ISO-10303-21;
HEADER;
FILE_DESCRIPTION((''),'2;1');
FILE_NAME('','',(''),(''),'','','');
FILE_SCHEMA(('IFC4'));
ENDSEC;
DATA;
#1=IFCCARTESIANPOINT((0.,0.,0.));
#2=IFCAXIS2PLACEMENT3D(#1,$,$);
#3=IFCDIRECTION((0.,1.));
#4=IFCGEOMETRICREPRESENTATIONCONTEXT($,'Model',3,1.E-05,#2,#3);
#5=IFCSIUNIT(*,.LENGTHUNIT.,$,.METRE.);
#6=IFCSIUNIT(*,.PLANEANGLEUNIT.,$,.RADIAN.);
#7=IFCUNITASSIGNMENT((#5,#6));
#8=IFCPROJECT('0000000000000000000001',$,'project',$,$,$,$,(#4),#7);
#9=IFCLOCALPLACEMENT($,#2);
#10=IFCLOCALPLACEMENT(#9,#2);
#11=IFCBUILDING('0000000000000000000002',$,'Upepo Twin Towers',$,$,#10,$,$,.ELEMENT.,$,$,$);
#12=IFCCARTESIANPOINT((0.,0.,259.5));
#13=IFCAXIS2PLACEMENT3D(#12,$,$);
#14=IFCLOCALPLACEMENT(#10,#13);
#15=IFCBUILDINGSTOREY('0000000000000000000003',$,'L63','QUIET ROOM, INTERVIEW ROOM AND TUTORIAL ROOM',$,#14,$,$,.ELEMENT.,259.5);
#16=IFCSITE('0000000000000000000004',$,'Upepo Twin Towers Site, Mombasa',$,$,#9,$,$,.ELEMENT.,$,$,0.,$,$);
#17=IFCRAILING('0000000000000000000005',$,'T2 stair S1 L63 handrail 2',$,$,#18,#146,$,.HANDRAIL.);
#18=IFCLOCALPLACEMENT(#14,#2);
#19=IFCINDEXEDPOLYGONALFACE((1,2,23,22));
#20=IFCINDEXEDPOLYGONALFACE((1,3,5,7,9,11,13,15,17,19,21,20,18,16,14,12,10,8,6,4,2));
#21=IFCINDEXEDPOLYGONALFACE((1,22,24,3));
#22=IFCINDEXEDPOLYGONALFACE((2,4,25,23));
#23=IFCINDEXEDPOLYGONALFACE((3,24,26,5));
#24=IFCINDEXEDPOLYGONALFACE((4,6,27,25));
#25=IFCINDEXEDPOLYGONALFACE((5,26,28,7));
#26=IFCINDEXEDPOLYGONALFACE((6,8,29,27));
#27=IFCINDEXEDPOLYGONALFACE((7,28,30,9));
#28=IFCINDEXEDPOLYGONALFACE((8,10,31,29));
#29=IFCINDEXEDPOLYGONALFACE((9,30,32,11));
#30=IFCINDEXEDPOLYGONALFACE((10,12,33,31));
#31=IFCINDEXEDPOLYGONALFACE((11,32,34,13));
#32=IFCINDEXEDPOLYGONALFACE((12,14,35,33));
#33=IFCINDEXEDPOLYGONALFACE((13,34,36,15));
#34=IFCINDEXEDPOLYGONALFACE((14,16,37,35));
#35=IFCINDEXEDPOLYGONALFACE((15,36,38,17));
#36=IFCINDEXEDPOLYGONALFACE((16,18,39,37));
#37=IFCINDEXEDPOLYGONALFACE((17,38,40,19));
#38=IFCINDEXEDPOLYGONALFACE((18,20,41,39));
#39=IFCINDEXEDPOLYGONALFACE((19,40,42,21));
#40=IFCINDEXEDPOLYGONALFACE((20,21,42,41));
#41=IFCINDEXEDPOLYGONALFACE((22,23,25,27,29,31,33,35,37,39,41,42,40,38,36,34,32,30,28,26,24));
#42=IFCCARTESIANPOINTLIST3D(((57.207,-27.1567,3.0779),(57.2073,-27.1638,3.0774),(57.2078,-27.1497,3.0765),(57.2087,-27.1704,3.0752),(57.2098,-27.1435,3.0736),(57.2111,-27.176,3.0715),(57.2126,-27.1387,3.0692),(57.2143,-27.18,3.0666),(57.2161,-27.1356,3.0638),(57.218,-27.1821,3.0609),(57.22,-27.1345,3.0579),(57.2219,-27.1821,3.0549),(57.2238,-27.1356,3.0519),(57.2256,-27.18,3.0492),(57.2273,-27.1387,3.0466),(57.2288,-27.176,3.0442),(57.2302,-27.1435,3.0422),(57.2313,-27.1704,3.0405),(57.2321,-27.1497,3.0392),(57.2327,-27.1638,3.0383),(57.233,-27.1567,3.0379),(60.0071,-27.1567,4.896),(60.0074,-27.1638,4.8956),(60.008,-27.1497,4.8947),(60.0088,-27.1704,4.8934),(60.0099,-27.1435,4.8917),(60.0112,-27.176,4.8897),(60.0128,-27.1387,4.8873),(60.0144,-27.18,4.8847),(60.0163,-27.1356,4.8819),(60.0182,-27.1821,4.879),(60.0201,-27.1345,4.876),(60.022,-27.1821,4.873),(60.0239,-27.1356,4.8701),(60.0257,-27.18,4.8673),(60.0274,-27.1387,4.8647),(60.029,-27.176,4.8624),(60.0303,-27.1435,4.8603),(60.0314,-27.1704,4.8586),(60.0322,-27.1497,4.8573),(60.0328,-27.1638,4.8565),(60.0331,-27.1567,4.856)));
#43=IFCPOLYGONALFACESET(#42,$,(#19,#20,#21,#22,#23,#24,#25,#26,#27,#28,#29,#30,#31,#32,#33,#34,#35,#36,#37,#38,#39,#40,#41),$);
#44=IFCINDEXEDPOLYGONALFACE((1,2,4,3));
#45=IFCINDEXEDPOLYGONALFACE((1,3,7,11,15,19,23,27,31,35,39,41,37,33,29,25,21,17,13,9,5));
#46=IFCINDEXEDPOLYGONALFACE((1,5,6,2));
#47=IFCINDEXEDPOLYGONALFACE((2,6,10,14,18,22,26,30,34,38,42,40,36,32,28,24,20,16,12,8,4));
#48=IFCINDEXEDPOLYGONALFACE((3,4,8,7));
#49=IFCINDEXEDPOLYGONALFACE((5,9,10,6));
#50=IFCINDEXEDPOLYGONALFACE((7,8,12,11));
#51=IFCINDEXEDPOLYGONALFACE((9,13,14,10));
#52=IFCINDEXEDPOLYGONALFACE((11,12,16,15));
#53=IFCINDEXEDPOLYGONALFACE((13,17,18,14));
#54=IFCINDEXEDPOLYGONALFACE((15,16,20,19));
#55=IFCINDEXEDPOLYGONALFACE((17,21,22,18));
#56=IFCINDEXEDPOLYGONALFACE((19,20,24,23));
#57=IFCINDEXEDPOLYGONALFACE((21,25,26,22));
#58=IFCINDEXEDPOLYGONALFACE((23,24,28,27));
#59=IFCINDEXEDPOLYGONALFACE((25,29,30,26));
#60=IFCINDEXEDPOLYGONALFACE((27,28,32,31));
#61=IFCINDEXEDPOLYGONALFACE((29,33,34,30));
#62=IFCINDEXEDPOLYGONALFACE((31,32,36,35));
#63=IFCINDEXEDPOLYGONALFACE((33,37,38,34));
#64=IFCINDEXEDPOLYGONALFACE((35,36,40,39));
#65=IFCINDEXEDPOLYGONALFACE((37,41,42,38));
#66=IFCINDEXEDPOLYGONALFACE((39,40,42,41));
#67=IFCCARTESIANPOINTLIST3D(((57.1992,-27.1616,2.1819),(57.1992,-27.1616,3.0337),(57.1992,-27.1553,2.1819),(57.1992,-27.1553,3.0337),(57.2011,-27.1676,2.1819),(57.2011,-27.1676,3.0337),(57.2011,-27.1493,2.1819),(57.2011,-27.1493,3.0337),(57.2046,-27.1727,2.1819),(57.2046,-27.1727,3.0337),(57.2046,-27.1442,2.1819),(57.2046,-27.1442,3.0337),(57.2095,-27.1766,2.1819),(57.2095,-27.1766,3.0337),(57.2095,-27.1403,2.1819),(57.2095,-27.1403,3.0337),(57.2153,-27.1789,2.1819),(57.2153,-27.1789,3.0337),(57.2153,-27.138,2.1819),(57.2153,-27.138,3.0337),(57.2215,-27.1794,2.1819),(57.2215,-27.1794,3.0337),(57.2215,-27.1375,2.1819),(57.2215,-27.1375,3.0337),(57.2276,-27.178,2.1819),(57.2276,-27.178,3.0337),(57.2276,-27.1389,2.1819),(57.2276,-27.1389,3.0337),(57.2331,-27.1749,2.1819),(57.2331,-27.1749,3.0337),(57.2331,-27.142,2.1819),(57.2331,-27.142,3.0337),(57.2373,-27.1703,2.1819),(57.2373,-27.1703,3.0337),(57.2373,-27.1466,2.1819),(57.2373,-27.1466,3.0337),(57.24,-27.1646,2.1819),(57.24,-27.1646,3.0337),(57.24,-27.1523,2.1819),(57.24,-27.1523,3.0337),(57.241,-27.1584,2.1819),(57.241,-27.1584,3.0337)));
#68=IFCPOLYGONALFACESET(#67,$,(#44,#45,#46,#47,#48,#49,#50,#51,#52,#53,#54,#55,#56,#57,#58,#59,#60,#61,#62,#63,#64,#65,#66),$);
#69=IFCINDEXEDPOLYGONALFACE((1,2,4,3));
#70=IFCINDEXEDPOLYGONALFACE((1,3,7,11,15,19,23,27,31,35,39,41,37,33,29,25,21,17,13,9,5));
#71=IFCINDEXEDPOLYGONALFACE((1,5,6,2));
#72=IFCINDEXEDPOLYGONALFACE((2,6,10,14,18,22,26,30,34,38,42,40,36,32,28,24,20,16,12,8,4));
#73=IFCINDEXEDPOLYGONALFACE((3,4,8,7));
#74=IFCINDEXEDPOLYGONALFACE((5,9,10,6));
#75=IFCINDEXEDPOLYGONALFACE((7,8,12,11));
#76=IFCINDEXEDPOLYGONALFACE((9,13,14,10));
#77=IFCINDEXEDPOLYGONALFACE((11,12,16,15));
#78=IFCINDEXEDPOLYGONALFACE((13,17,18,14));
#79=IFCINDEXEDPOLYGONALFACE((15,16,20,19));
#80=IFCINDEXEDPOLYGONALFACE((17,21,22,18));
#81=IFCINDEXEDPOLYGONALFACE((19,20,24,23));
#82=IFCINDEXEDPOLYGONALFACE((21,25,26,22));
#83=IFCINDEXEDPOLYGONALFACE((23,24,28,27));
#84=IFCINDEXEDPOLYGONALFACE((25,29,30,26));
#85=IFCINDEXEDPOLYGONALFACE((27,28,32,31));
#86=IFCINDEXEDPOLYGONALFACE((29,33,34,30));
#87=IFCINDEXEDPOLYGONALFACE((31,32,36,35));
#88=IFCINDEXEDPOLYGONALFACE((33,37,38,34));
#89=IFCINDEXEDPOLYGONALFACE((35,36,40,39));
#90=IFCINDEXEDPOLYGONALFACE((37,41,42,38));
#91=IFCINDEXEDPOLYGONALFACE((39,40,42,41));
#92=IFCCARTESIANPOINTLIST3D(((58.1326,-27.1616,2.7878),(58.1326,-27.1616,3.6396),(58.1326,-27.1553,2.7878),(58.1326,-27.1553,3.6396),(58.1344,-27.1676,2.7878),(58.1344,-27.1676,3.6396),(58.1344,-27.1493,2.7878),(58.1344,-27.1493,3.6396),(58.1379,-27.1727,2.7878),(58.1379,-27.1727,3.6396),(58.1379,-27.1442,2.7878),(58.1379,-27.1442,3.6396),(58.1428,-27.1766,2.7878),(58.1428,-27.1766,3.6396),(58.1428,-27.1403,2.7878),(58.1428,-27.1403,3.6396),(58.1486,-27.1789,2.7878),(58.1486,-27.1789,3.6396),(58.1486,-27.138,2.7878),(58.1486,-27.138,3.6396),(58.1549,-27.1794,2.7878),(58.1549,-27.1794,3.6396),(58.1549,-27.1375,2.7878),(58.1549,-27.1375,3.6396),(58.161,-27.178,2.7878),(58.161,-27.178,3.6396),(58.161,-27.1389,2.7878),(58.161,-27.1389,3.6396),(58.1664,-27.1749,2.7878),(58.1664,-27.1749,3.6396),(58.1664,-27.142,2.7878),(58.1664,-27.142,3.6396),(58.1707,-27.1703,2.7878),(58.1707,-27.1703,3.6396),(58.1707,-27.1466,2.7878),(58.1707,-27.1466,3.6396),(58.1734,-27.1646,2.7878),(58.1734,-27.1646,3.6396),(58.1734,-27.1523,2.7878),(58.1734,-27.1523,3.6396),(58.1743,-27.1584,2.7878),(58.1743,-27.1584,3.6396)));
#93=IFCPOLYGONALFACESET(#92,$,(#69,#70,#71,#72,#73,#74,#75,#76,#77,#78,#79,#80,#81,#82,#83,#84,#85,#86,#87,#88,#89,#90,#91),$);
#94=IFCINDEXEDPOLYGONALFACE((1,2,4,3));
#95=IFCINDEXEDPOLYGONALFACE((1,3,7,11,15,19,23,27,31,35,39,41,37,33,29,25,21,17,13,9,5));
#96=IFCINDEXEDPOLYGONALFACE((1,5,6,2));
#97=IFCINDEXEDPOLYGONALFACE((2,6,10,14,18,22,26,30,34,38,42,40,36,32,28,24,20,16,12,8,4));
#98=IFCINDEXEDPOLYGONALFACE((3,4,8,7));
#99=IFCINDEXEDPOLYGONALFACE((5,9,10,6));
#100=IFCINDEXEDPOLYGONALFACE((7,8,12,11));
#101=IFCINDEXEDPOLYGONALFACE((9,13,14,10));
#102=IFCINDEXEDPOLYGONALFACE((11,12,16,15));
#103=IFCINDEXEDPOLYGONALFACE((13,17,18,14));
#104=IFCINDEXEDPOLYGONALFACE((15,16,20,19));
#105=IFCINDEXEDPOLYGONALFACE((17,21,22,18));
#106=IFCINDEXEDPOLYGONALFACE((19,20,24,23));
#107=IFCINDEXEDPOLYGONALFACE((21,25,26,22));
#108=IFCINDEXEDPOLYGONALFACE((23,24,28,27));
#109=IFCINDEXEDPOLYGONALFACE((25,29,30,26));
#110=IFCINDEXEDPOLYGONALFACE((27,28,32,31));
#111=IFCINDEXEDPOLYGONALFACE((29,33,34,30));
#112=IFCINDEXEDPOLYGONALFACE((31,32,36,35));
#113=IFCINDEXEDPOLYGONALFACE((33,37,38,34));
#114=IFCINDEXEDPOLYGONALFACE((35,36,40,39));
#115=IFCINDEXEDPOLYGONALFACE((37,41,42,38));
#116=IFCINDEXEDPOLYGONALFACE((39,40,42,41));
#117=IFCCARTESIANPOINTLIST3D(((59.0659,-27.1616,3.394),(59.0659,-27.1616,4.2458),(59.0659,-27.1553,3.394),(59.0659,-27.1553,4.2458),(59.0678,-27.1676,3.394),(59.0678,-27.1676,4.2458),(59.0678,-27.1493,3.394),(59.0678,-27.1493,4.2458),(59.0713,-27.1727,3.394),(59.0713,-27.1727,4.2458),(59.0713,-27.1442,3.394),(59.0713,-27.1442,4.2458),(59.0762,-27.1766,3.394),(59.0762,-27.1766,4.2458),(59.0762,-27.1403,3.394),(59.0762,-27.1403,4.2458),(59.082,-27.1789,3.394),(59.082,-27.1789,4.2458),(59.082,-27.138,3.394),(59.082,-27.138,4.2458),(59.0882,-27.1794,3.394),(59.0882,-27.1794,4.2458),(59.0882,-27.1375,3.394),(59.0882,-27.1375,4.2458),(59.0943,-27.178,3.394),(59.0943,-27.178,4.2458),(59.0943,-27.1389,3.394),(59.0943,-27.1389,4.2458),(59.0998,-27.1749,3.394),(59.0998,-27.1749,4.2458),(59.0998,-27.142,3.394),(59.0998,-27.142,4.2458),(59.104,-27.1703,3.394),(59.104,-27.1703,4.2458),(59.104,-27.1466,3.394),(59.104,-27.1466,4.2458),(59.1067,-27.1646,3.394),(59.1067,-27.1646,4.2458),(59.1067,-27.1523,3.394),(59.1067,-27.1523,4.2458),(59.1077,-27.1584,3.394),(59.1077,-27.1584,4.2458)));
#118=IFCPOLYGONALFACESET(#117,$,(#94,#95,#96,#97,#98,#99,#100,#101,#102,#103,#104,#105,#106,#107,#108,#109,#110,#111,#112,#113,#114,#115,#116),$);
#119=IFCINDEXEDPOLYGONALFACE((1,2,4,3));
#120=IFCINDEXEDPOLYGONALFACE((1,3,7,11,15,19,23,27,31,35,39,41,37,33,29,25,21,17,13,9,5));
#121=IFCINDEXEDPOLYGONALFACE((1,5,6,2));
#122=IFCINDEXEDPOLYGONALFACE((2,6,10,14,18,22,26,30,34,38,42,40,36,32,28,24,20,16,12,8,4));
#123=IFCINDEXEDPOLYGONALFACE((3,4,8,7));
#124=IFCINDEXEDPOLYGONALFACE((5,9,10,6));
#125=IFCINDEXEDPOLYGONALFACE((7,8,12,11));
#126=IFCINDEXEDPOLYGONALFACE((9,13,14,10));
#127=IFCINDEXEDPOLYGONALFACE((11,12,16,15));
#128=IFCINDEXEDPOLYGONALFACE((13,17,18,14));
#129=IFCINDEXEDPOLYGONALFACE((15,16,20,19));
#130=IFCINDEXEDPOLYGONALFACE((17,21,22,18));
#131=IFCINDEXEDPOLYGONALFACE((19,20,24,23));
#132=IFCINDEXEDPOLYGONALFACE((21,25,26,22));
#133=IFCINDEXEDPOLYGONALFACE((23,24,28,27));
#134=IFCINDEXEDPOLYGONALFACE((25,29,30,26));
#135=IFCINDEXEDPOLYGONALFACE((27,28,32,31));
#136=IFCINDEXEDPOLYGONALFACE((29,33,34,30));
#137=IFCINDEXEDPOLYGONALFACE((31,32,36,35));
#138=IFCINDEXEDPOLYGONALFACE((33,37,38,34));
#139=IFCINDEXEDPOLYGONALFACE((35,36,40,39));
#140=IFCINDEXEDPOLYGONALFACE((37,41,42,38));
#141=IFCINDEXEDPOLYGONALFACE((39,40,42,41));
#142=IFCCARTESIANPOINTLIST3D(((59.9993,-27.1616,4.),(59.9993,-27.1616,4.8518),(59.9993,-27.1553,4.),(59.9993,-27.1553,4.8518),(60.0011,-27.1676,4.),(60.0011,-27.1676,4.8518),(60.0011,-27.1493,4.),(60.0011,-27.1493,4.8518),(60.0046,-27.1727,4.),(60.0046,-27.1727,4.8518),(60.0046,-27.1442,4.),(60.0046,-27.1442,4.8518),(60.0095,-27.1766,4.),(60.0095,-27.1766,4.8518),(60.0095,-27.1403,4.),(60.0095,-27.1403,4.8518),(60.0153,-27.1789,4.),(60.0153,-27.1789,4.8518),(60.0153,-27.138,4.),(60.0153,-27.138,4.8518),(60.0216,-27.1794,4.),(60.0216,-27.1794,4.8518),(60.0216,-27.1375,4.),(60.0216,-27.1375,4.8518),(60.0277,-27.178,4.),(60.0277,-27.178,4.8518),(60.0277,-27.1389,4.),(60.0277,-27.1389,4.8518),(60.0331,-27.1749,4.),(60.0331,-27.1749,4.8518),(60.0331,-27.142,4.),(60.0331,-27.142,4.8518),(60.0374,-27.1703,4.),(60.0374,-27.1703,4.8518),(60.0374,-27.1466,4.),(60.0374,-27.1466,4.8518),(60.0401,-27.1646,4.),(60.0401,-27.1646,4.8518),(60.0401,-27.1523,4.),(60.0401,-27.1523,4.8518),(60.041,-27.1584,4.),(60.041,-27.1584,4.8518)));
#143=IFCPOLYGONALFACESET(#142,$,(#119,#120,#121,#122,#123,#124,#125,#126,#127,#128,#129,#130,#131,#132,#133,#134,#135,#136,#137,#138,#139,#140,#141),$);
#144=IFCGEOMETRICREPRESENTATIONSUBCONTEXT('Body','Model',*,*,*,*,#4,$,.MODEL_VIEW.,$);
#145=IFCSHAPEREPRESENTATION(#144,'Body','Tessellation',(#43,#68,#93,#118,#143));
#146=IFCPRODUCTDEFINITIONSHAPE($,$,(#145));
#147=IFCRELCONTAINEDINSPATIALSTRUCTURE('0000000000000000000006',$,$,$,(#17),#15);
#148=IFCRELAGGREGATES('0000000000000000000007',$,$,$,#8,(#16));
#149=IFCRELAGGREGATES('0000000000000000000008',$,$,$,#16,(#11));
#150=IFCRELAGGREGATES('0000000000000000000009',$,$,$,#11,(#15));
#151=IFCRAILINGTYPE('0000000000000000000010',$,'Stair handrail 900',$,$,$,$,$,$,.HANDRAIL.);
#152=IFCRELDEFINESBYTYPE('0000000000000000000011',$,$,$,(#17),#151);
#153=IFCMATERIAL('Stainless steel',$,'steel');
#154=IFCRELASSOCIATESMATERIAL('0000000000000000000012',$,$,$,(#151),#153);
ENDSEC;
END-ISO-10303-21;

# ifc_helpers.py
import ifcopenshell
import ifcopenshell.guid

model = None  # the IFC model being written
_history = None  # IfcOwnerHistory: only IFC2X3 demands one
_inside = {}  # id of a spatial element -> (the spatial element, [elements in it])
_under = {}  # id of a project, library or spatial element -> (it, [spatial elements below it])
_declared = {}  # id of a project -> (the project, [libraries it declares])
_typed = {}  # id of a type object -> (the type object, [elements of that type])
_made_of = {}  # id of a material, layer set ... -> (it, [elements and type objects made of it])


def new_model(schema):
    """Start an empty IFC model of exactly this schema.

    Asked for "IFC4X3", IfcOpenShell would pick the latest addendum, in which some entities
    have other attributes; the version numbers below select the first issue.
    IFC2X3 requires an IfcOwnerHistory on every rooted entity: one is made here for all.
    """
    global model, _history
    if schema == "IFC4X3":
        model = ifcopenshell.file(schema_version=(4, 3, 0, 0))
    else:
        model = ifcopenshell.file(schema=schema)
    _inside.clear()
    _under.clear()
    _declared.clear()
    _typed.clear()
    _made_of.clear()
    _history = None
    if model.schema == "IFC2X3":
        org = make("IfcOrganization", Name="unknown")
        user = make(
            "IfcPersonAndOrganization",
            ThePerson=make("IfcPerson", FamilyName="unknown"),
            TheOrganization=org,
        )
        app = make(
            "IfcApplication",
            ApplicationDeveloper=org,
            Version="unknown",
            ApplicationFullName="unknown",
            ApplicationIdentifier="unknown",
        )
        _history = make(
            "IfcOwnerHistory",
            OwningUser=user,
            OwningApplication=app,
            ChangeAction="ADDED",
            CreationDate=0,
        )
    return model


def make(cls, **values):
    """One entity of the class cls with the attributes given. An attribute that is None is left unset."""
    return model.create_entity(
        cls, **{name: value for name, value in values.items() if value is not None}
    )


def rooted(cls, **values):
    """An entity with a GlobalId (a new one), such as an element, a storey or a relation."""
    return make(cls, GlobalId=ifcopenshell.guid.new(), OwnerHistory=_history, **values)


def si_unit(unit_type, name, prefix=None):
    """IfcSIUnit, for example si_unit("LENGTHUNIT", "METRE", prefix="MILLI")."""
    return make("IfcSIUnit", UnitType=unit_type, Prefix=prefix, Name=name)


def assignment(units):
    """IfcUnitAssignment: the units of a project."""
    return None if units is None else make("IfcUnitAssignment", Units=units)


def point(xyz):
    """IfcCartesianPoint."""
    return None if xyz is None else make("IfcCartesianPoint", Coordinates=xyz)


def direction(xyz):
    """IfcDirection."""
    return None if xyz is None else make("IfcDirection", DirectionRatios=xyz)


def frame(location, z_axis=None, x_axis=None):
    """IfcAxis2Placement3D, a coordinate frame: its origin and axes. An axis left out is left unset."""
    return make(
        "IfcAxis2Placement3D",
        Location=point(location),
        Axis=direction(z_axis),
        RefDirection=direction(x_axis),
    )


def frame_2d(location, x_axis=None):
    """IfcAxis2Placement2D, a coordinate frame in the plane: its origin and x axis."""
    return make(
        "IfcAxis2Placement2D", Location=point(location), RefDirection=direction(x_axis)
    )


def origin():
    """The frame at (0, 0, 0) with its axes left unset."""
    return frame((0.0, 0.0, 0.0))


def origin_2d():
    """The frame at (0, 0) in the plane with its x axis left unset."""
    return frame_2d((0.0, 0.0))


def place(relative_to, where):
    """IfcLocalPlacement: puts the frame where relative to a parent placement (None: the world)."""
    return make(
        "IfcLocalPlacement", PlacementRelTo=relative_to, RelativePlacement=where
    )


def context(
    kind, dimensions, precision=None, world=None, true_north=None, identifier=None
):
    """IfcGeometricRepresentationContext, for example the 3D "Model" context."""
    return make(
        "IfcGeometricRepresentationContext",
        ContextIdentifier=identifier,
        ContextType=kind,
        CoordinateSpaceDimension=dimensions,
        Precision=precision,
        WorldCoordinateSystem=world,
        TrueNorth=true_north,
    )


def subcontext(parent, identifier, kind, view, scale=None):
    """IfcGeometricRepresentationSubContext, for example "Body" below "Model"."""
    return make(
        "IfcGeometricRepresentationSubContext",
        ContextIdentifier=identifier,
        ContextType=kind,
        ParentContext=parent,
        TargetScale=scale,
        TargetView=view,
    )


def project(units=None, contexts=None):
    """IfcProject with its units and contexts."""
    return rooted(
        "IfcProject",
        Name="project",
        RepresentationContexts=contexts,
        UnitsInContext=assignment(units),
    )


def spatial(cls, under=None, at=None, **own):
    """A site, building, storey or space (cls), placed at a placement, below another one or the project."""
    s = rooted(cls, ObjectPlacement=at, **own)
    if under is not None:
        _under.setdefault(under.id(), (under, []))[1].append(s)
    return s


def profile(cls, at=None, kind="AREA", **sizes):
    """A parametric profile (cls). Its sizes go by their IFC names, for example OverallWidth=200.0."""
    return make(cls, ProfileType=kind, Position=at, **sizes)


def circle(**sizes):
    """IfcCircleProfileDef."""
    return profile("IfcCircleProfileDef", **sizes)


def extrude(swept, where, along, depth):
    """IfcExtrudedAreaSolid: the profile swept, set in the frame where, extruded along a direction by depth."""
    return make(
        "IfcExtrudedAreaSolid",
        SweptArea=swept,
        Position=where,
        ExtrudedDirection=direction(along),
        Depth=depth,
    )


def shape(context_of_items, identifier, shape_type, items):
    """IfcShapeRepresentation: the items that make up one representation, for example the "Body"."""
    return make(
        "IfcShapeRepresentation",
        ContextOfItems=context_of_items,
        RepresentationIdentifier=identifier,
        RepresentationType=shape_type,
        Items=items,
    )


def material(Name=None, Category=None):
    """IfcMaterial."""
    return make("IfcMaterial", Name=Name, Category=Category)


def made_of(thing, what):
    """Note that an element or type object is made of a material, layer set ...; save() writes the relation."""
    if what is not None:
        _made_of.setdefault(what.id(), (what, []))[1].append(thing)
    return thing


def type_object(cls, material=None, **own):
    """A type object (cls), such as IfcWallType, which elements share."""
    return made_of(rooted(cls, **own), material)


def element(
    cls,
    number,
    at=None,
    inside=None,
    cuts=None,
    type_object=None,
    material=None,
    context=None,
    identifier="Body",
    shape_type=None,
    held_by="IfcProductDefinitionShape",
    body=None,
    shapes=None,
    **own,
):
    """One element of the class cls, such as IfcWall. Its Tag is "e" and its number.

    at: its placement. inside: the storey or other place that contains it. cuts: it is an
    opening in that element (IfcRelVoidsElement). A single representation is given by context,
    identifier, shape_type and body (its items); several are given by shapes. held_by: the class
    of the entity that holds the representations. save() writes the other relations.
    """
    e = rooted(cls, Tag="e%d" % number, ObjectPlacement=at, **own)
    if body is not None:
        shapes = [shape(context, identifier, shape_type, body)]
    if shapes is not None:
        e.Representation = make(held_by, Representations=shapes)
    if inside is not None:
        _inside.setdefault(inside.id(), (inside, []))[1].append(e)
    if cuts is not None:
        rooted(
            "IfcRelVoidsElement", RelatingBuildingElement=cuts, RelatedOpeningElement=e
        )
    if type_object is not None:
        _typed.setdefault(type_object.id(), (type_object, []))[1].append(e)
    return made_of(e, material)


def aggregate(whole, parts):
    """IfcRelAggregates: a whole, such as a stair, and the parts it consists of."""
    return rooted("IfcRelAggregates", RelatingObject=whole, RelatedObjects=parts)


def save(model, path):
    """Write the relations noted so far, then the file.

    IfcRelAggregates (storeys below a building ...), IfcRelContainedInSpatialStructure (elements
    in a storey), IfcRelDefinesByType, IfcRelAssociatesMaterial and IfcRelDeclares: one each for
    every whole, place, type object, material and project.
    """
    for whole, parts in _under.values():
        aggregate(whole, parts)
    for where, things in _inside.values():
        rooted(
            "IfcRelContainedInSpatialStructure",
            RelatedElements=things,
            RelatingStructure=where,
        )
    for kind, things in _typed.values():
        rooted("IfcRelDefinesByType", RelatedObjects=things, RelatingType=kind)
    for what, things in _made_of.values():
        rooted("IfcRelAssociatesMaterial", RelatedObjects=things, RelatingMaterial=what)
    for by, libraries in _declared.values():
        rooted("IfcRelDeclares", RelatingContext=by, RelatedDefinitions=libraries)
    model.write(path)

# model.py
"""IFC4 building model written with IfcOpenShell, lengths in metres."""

from ifc_helpers import new_model, si_unit, direction, frame, origin, origin_2d, place, context, subcontext, project, spatial, circle, extrude, material, type_object, element, save


model = new_model("IFC4")

# Units and contexts
model_context = context("Model", 3, precision=1e-05, world=origin(), true_north=direction((0.0, 1.0)))
body_context = subcontext(model_context, "Body", "Model", "MODEL_VIEW")
ifc_project = project(units=[si_unit("LENGTHUNIT", "METRE"), si_unit("PLANEANGLEUNIT", "RADIAN")], contexts=[model_context])

# Site, building, storey
site_placement = place(None, origin())
site = spatial("IfcSite", under=ifc_project, at=site_placement, Name="Upepo Twin Towers Site, Mombasa", CompositionType="ELEMENT", RefElevation=0.0)
building_placement = place(site_placement, origin())
building = spatial("IfcBuilding", under=site, at=building_placement, Name="Upepo Twin Towers", CompositionType="ELEMENT")
storey_placement = place(building_placement, frame((0.0, 0.0, 259.5)))
storey = spatial("IfcBuildingStorey", under=building, at=storey_placement, Name="L63", Description="QUIET ROOM, INTERVIEW ROOM AND TUTORIAL ROOM", CompositionType="ELEMENT", Elevation=259.5)

# Railing
ifc_material_1 = material(Name="Stainless steel", Category="steel")
railing_type = type_object("IfcRailingType", Name="Stair handrail 900", PredefinedType="HANDRAIL", material=ifc_material_1)
railing_1_placement = place(storey_placement, frame((57.22, -27.1584, 2.1819)))
element("IfcRailing", 1, at=railing_1_placement, inside=storey, type_object=railing_type, Name="T2 stair S1 L63 handrail 2", PredefinedType="HANDRAIL", context=body_context, shape_type="SweptSolid", body=[
    extrude(circle(Radius=0.0239, at=origin_2d()), frame((0.0, 0.0, 0.876), z_axis=(0.838706, 0.0, 0.544585), x_axis=(0.0, 1.0, 0.0)), (0.0, 0.0, 1.0), 3.3386),
    extrude(circle(Radius=0.021, at=origin_2d()), origin(), (0.0, 0.0, 1.0), 0.8518),
    extrude(circle(Radius=0.021, at=origin_2d()), frame((0.9333, 0.0, 0.606)), (0.0, 0.0, 1.0), 0.8518),
    extrude(circle(Radius=0.021, at=origin_2d()), frame((1.8667, 0.0, 1.2122)), (0.0, 0.0, 1.0), 0.8518),
    extrude(circle(Radius=0.021, at=origin_2d()), frame((2.8, 0.0, 1.8181)), (0.0, 0.0, 1.0), 0.8518),
])

save(model, "model.ifc")
